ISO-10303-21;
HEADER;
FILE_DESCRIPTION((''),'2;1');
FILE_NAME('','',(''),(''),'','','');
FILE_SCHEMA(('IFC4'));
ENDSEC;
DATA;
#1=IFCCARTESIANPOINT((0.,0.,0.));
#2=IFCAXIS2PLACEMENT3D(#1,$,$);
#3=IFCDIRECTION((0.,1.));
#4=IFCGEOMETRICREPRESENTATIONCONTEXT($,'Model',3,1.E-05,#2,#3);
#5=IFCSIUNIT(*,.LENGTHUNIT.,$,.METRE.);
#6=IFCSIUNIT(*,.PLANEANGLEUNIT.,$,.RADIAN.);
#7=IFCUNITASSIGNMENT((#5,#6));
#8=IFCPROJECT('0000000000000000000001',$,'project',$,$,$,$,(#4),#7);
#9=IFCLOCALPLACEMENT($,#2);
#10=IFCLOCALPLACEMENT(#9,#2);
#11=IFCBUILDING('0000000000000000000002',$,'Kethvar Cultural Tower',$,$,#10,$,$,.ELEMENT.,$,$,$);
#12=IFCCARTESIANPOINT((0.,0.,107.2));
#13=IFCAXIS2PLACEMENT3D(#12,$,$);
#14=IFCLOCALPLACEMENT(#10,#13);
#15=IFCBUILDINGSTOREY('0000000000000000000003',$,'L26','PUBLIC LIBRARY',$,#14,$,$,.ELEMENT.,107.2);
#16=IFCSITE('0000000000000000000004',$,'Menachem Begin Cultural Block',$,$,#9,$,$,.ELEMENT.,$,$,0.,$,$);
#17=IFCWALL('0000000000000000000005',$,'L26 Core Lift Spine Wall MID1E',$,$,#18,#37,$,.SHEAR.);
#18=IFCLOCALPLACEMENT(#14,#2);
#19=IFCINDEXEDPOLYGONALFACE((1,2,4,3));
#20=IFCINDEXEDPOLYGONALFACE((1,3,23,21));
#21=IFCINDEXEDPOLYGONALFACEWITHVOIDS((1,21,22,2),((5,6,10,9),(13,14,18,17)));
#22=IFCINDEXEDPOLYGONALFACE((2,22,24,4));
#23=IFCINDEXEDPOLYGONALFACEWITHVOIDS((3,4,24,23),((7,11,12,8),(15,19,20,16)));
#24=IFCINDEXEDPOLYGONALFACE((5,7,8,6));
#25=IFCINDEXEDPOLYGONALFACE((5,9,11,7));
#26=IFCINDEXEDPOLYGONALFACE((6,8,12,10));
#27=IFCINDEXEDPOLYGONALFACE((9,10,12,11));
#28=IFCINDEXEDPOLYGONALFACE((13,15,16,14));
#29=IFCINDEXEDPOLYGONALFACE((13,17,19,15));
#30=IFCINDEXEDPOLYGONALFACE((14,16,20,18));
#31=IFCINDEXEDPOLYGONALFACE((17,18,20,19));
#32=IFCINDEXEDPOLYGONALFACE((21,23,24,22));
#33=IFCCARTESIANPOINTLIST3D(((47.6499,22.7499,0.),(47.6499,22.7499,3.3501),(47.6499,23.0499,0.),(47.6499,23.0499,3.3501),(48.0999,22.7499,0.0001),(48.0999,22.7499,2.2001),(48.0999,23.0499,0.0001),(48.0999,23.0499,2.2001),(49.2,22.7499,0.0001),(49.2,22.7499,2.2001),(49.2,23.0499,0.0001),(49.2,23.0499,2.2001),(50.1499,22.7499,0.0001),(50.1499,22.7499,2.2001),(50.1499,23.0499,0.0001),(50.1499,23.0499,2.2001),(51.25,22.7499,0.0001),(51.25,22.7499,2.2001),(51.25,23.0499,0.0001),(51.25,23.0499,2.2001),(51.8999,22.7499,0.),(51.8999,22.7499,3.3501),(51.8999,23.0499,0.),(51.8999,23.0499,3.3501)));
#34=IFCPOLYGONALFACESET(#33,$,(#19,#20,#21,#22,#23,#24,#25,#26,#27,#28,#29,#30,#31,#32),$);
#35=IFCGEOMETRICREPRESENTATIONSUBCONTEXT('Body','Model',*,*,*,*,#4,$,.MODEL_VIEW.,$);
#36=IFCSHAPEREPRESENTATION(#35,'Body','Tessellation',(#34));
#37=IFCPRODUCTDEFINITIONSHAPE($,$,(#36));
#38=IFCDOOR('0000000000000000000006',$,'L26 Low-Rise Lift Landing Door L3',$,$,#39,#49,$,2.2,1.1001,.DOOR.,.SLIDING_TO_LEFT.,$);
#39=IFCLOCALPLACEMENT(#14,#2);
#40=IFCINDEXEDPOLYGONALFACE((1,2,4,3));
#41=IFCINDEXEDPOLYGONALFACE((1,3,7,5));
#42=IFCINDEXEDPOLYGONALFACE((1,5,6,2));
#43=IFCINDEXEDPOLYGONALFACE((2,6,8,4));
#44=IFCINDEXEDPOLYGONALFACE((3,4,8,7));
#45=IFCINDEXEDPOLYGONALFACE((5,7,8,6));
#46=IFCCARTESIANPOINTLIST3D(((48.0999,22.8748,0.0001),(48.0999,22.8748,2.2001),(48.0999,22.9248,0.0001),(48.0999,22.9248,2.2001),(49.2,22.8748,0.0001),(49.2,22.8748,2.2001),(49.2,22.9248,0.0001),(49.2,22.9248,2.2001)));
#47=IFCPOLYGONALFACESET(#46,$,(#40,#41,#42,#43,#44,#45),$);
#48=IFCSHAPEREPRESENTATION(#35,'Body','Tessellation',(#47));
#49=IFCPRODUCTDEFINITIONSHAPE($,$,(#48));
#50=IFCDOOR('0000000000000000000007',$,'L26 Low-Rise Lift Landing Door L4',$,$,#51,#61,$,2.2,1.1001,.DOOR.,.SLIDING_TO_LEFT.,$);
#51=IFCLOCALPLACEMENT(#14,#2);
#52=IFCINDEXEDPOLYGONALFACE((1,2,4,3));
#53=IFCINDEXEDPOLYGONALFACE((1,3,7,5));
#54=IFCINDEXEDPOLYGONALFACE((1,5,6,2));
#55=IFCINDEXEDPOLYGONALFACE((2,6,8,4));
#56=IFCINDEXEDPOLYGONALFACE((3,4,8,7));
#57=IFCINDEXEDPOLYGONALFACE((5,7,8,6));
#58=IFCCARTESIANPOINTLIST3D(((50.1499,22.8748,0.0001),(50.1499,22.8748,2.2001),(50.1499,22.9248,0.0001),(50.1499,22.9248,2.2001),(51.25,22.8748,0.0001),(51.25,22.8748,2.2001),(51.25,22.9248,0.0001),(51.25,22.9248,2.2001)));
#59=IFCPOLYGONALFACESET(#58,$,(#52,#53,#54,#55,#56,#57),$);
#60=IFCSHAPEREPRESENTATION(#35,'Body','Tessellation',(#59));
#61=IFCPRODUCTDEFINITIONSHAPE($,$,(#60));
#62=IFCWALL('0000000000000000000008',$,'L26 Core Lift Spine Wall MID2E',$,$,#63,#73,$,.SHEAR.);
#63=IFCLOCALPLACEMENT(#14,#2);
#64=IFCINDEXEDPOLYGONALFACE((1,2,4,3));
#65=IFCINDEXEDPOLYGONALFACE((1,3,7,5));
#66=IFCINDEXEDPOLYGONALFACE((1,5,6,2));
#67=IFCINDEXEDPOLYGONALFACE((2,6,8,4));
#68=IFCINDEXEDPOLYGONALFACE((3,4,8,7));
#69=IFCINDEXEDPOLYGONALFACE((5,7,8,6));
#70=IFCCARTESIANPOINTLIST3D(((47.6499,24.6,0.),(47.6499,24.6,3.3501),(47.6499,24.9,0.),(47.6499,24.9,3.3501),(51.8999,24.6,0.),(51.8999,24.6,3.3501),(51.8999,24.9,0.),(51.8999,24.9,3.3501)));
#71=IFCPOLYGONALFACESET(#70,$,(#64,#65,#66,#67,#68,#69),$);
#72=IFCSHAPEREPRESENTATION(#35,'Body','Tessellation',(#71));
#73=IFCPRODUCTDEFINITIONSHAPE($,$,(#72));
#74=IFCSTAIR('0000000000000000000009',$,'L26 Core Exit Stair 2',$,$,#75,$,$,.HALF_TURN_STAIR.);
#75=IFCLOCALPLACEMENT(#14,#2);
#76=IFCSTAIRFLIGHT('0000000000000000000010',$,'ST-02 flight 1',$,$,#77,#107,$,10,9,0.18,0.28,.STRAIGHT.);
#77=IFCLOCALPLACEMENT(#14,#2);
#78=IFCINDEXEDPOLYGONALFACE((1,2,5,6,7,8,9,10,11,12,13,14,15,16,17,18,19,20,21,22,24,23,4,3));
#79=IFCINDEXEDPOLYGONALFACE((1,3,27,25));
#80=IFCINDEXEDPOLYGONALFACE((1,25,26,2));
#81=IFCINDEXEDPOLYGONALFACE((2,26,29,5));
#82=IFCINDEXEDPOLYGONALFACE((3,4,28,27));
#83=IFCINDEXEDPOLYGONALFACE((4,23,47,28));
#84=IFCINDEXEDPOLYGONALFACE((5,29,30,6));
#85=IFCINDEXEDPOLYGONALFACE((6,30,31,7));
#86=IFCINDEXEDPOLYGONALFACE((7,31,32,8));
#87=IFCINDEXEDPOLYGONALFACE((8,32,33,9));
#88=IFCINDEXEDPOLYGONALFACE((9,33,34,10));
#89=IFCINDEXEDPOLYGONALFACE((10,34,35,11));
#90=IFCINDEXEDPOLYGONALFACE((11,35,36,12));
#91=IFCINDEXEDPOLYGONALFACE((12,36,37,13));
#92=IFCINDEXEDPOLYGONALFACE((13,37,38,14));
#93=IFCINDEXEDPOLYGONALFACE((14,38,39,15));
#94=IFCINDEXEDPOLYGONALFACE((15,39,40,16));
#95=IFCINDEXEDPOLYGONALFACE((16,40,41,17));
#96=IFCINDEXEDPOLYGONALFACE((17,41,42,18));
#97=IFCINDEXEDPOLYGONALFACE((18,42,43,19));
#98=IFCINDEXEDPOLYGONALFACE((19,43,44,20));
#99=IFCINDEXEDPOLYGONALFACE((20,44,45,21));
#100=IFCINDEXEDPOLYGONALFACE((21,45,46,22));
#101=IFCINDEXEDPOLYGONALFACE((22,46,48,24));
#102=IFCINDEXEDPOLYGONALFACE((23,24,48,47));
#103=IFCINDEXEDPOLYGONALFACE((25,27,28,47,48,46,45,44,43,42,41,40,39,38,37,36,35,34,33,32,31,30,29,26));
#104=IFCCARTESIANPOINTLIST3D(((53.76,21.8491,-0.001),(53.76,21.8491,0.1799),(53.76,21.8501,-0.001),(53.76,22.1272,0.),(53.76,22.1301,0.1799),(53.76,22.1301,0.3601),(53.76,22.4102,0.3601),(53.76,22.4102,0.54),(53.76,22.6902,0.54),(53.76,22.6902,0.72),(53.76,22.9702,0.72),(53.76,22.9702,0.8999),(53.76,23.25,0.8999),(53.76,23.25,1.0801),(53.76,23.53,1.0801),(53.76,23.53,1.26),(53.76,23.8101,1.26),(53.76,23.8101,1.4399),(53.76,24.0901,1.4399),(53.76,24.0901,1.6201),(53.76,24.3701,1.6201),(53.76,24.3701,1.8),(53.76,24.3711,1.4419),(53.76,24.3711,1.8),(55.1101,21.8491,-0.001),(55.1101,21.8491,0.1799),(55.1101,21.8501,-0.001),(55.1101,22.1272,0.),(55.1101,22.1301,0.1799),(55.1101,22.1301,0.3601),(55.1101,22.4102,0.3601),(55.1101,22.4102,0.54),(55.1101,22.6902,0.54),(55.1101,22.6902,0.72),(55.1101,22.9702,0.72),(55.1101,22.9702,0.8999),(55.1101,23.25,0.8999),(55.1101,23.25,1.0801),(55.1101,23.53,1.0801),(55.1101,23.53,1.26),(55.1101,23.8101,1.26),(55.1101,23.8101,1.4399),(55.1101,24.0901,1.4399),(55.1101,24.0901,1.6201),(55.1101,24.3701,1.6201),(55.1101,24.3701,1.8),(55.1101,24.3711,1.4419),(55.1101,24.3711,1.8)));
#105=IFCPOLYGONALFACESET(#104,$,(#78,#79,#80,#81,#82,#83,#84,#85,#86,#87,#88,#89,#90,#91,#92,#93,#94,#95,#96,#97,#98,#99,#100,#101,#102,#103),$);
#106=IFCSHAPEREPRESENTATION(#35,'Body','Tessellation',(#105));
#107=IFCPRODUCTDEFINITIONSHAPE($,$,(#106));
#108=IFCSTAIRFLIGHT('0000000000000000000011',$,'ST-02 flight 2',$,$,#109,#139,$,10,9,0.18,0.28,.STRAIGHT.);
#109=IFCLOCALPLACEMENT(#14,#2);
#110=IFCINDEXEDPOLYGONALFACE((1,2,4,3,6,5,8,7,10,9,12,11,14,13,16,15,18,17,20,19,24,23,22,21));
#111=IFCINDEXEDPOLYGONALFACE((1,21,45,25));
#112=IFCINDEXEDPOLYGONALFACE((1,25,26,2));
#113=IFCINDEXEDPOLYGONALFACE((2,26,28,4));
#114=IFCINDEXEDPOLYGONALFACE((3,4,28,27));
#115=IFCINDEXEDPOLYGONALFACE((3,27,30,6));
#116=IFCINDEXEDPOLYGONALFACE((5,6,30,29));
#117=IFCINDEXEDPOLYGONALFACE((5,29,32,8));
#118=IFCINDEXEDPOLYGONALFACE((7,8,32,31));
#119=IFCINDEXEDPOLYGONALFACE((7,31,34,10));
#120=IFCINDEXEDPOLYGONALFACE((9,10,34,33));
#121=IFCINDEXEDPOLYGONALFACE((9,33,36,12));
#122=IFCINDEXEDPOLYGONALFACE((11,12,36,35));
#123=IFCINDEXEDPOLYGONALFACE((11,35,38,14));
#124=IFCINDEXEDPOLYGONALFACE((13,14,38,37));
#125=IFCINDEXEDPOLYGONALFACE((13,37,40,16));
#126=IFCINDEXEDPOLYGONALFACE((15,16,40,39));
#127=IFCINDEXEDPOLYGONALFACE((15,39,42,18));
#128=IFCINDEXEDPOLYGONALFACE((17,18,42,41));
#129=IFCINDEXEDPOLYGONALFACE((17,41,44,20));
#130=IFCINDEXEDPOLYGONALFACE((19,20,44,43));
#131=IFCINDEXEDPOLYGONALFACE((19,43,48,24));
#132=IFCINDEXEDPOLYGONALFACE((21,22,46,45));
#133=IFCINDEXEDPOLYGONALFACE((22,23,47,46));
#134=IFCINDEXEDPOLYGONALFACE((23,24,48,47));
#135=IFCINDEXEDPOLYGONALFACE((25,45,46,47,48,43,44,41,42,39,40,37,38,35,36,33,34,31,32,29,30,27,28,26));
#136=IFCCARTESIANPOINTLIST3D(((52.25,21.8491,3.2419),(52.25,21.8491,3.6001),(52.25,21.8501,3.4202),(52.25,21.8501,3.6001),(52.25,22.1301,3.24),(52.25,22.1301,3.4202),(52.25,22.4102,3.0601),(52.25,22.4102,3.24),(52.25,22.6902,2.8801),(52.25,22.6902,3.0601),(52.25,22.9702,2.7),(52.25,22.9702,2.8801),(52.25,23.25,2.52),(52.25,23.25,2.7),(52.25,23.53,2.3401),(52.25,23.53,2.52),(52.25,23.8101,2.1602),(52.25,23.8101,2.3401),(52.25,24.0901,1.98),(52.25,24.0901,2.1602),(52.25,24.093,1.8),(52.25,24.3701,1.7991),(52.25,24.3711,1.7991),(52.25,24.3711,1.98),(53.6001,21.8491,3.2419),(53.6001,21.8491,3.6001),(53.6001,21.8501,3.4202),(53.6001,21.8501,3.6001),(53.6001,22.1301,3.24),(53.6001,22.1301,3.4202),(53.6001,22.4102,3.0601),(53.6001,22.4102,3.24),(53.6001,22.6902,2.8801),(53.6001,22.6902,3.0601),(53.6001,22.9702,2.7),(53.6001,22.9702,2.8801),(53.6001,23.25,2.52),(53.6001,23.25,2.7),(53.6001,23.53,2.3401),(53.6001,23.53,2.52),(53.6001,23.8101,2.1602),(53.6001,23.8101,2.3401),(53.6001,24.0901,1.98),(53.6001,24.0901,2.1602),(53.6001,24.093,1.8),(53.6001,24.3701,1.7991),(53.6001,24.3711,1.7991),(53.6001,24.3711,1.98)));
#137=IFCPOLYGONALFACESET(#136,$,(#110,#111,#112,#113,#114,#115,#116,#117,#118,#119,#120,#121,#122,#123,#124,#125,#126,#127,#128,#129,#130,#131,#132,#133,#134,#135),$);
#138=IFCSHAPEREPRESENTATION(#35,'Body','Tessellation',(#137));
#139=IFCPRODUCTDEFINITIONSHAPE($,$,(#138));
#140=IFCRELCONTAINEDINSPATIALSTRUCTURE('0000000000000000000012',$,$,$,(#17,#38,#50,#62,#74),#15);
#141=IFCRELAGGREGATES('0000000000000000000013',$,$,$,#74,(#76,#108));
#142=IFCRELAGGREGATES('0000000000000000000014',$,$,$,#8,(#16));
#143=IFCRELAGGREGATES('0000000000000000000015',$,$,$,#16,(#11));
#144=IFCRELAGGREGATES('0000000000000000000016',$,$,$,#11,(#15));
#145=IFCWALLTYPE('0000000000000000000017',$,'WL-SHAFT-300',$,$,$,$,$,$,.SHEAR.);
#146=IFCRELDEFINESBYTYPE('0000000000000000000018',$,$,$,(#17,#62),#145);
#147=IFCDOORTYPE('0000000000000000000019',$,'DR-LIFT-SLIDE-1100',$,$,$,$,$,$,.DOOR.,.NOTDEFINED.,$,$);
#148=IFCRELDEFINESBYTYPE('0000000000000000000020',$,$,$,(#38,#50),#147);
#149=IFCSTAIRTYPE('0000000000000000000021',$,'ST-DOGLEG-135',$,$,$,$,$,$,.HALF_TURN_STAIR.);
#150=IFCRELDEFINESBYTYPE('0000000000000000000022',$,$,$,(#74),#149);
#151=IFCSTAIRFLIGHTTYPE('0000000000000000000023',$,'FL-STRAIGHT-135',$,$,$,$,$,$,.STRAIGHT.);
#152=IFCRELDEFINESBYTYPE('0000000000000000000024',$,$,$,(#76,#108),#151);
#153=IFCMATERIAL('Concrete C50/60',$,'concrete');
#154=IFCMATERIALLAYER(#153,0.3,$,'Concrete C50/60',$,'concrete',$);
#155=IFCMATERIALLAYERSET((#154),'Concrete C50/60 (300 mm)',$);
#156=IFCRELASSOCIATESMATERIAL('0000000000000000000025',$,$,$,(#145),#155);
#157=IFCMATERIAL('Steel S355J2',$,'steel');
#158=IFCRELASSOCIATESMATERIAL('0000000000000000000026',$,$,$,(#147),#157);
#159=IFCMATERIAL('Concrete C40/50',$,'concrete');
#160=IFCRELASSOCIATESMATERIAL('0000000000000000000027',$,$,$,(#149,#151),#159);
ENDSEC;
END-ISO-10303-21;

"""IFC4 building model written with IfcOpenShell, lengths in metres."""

from ifc_helpers import new_model, si_unit, direction, frame, frame_2d, origin, place, context, subcontext, project, spatial, polyline, rectangle, outline, extrude, source, transform, mapped, material, layer, layer_set, type_object, element, fill, aggregate, save


model = new_model("IFC4")

# Units and contexts
model_context = context("Model", 3, precision=1e-05, world=origin(), true_north=direction((0.0, 1.0)))
body_context = subcontext(model_context, "Body", "Model", "MODEL_VIEW")
ifc_project = project(units=[si_unit("LENGTHUNIT", "METRE"), si_unit("PLANEANGLEUNIT", "RADIAN")], contexts=[model_context])

# Site, building, storey
site_placement = place(None, origin())
site = spatial("IfcSite", under=ifc_project, at=site_placement, Name="Menachem Begin Cultural Block", CompositionType="ELEMENT", RefElevation=0.0)
building_placement = place(site_placement, origin())
building = spatial("IfcBuilding", under=site, at=building_placement, Name="Kethvar Cultural Tower", CompositionType="ELEMENT")
storey_placement = place(building_placement, frame((0.0, 0.0, 107.2)))
storey = spatial("IfcBuildingStorey", under=building, at=storey_placement, Name="L26", Description="PUBLIC LIBRARY", CompositionType="ELEMENT", Elevation=107.2)

# Shared definitions
ifc_material_1 = material(Name="Steel S355J2", Category="steel")

# Wall, openings, doors
ifc_material_2 = material(Name="Concrete C50/60", Category="concrete")
ifc_layer_1 = layer(ifc_material_2, 0.3, Name="Concrete C50/60", Category="concrete")
ifc_layer_set_1 = layer_set([ifc_layer_1], Name="Concrete C50/60 (300 mm)")
wall_type_1 = type_object("IfcWallType", Name="WL-SHAFT-300", PredefinedType="SHEAR", material=ifc_layer_set_1)
wall_1_placement = place(storey_placement, frame((47.6499, 22.8999, 0.0), z_axis=(0.0, 0.0, 1.0), x_axis=(1.0, 0.0, 0.0)))
wall_1 = element("IfcWall", 1, at=wall_1_placement, inside=storey, type_object=wall_type_1, Name="L26 Core Lift Spine Wall MID1E", PredefinedType="SHEAR", context=body_context, shape_type="SweptSolid", body=[
    extrude(rectangle(XDim=4.25, YDim=0.3, at=frame_2d((2.125, 0.0))), origin(), (0.0, 0.0, 1.0), 3.3501),
])
opening_1_placement = place(wall_1_placement, frame((0.45, 0.0, 0.0)))
opening_1 = element("IfcOpeningElement", 2, at=opening_1_placement, cuts=wall_1, PredefinedType="OPENING", context=body_context, shape_type="SweptSolid", body=[
    extrude(rectangle(XDim=1.1001, YDim=2.2, at=frame_2d((0.55, 1.1001))), frame((0.0, 0.1599, 0.0), z_axis=(0.0, -1.0, 0.0), x_axis=(1.0, 0.0, 0.0)), (0.0, 0.0, 1.0), 0.3201),
])
opening_2_placement = place(wall_1_placement, frame((2.5, 0.0, 0.0)))
opening_2 = element("IfcOpeningElement", 3, at=opening_2_placement, cuts=wall_1, PredefinedType="OPENING", context=body_context, shape_type="SweptSolid", body=[
    extrude(rectangle(XDim=1.1001, YDim=2.2, at=frame_2d((0.55, 1.1001))), frame((0.0, 0.1599, 0.0), z_axis=(0.0, -1.0, 0.0), x_axis=(1.0, 0.0, 0.0)), (0.0, 0.0, 1.0), 0.3201),
])
door_type = type_object("IfcDoorType", Name="DR-LIFT-SLIDE-1100", OperationType="NOTDEFINED", PredefinedType="DOOR", material=ifc_material_1)
shared_shape_1 = source(origin(), body_context, "Body", "SweptSolid", [
    extrude(rectangle(XDim=1.1001, YDim=2.2, at=frame_2d((0.55, 1.1001))), frame((0.0, 0.0249, 0.0), z_axis=(0.0, -1.0, 0.0), x_axis=(1.0, 0.0, 0.0)), (0.0, 0.0, 1.0), 0.05),
])
door_1_placement = place(opening_1_placement, origin())
door_1 = element("IfcDoor", 4, at=door_1_placement, inside=storey, type_object=door_type, Name="L26 Low-Rise Lift Landing Door L3", OperationType="SLIDING_TO_LEFT", OverallHeight=2.2, OverallWidth=1.1001, PredefinedType="DOOR", context=body_context, shape_type="MappedRepresentation", body=[
    mapped(shared_shape_1, transform((0.0, 0.0, 0.0), scale=1.0)),
])
fill(opening_1, door_1)
door_2_placement = place(opening_2_placement, origin())
door_2 = element("IfcDoor", 5, at=door_2_placement, inside=storey, type_object=door_type, Name="L26 Low-Rise Lift Landing Door L4", OperationType="SLIDING_TO_LEFT", OverallHeight=2.2, OverallWidth=1.1001, PredefinedType="DOOR", context=body_context, shape_type="MappedRepresentation", body=[
    mapped(shared_shape_1, transform((0.0, 0.0, 0.0), scale=1.0)),
])
fill(opening_2, door_2)

# Wall
wall_2_placement = place(storey_placement, frame((47.6499, 24.75, 0.0), z_axis=(0.0, 0.0, 1.0), x_axis=(1.0, 0.0, 0.0)))
element("IfcWall", 6, at=wall_2_placement, inside=storey, type_object=wall_type_1, Name="L26 Core Lift Spine Wall MID2E", PredefinedType="SHEAR", context=body_context, shape_type="SweptSolid", body=[
    extrude(rectangle(XDim=4.25, YDim=0.3, at=frame_2d((2.125, 0.0))), origin(), (0.0, 0.0, 1.0), 3.3501),
])

# Stair, stair flights
ifc_material_3 = material(Name="Concrete C40/50", Category="concrete")
stair_type = type_object("IfcStairType", Name="ST-DOGLEG-135", PredefinedType="HALF_TURN_STAIR", material=ifc_material_3)
stair_placement = place(storey_placement, origin())
stair = element("IfcStair", 7, at=stair_placement, inside=storey, type_object=stair_type, Name="L26 Core Exit Stair 2", PredefinedType="HALF_TURN_STAIR")
stair_flight_type = type_object("IfcStairFlightType", Name="FL-STRAIGHT-135", PredefinedType="STRAIGHT", material=ifc_material_3)
stair_flight_1_placement = place(storey_placement, frame((54.4351, 21.8501, 0.0), z_axis=(0.0, 0.0, 1.0), x_axis=(0.0, 1.0, 0.0)))
stair_flight_1 = element("IfcStairFlight", 8, at=stair_flight_1_placement, type_object=stair_flight_type, Name="ST-02 flight 1", NumberOfRisers=10, NumberOfTreads=9, PredefinedType="STRAIGHT", RiserHeight=0.18, TreadLength=0.28, context=body_context, shape_type="SweptSolid", body=[
    extrude(outline(polyline([(-0.001, -0.001), (-0.001, 0.1799), (0.28, 0.1799), (0.28, 0.3601), (0.5601, 0.3601), (0.5601, 0.54), (0.8401, 0.54), (0.8401, 0.72), (1.1201, 0.72), (1.1201, 0.8999), (1.3999, 0.8999), (1.3999, 1.0801), (1.6799, 1.0801), (1.6799, 1.26), (1.96, 1.26), (1.96, 1.4399), (2.24, 1.4399), (2.24, 1.6201), (2.52, 1.6201), (2.52, 1.8), (2.521, 1.8), (2.521, 1.4419), (0.2771, 0.0), (0.0, -0.001), (-0.001, -0.001)])), frame((0.0, 0.675, 0.0), z_axis=(0.0, -1.0, 0.0), x_axis=(1.0, 0.0, 0.0)), (0.0, 0.0, 1.0), 1.3501),
])
stair_flight_2_placement = place(storey_placement, frame((52.925, 24.3701, 1.8), z_axis=(0.0, 0.0, 1.0), x_axis=(0.0, -1.0, 0.0)))
stair_flight_2 = element("IfcStairFlight", 9, at=stair_flight_2_placement, type_object=stair_flight_type, Name="ST-02 flight 2", NumberOfRisers=10, NumberOfTreads=9, PredefinedType="STRAIGHT", RiserHeight=0.18, TreadLength=0.28, context=body_context, shape_type="SweptSolid", body=[
    extrude(outline(polyline([(-0.001, -0.001), (-0.001, 0.1799), (0.28, 0.1799), (0.28, 0.3601), (0.5601, 0.3601), (0.5601, 0.54), (0.8401, 0.54), (0.8401, 0.72), (1.1201, 0.72), (1.1201, 0.8999), (1.3999, 0.8999), (1.3999, 1.0801), (1.6799, 1.0801), (1.6799, 1.26), (1.96, 1.26), (1.96, 1.4399), (2.24, 1.4399), (2.24, 1.6201), (2.52, 1.6201), (2.52, 1.8), (2.521, 1.8), (2.521, 1.4419), (0.2771, 0.0), (0.0, -0.001), (-0.001, -0.001)])), frame((0.0, 0.675, 0.0), z_axis=(0.0, -1.0, 0.0), x_axis=(1.0, 0.0, 0.0)), (0.0, 0.0, 1.0), 1.3501),
])
aggregate(stair, [stair_flight_1, stair_flight_2])

save(model, "model.ifc")
